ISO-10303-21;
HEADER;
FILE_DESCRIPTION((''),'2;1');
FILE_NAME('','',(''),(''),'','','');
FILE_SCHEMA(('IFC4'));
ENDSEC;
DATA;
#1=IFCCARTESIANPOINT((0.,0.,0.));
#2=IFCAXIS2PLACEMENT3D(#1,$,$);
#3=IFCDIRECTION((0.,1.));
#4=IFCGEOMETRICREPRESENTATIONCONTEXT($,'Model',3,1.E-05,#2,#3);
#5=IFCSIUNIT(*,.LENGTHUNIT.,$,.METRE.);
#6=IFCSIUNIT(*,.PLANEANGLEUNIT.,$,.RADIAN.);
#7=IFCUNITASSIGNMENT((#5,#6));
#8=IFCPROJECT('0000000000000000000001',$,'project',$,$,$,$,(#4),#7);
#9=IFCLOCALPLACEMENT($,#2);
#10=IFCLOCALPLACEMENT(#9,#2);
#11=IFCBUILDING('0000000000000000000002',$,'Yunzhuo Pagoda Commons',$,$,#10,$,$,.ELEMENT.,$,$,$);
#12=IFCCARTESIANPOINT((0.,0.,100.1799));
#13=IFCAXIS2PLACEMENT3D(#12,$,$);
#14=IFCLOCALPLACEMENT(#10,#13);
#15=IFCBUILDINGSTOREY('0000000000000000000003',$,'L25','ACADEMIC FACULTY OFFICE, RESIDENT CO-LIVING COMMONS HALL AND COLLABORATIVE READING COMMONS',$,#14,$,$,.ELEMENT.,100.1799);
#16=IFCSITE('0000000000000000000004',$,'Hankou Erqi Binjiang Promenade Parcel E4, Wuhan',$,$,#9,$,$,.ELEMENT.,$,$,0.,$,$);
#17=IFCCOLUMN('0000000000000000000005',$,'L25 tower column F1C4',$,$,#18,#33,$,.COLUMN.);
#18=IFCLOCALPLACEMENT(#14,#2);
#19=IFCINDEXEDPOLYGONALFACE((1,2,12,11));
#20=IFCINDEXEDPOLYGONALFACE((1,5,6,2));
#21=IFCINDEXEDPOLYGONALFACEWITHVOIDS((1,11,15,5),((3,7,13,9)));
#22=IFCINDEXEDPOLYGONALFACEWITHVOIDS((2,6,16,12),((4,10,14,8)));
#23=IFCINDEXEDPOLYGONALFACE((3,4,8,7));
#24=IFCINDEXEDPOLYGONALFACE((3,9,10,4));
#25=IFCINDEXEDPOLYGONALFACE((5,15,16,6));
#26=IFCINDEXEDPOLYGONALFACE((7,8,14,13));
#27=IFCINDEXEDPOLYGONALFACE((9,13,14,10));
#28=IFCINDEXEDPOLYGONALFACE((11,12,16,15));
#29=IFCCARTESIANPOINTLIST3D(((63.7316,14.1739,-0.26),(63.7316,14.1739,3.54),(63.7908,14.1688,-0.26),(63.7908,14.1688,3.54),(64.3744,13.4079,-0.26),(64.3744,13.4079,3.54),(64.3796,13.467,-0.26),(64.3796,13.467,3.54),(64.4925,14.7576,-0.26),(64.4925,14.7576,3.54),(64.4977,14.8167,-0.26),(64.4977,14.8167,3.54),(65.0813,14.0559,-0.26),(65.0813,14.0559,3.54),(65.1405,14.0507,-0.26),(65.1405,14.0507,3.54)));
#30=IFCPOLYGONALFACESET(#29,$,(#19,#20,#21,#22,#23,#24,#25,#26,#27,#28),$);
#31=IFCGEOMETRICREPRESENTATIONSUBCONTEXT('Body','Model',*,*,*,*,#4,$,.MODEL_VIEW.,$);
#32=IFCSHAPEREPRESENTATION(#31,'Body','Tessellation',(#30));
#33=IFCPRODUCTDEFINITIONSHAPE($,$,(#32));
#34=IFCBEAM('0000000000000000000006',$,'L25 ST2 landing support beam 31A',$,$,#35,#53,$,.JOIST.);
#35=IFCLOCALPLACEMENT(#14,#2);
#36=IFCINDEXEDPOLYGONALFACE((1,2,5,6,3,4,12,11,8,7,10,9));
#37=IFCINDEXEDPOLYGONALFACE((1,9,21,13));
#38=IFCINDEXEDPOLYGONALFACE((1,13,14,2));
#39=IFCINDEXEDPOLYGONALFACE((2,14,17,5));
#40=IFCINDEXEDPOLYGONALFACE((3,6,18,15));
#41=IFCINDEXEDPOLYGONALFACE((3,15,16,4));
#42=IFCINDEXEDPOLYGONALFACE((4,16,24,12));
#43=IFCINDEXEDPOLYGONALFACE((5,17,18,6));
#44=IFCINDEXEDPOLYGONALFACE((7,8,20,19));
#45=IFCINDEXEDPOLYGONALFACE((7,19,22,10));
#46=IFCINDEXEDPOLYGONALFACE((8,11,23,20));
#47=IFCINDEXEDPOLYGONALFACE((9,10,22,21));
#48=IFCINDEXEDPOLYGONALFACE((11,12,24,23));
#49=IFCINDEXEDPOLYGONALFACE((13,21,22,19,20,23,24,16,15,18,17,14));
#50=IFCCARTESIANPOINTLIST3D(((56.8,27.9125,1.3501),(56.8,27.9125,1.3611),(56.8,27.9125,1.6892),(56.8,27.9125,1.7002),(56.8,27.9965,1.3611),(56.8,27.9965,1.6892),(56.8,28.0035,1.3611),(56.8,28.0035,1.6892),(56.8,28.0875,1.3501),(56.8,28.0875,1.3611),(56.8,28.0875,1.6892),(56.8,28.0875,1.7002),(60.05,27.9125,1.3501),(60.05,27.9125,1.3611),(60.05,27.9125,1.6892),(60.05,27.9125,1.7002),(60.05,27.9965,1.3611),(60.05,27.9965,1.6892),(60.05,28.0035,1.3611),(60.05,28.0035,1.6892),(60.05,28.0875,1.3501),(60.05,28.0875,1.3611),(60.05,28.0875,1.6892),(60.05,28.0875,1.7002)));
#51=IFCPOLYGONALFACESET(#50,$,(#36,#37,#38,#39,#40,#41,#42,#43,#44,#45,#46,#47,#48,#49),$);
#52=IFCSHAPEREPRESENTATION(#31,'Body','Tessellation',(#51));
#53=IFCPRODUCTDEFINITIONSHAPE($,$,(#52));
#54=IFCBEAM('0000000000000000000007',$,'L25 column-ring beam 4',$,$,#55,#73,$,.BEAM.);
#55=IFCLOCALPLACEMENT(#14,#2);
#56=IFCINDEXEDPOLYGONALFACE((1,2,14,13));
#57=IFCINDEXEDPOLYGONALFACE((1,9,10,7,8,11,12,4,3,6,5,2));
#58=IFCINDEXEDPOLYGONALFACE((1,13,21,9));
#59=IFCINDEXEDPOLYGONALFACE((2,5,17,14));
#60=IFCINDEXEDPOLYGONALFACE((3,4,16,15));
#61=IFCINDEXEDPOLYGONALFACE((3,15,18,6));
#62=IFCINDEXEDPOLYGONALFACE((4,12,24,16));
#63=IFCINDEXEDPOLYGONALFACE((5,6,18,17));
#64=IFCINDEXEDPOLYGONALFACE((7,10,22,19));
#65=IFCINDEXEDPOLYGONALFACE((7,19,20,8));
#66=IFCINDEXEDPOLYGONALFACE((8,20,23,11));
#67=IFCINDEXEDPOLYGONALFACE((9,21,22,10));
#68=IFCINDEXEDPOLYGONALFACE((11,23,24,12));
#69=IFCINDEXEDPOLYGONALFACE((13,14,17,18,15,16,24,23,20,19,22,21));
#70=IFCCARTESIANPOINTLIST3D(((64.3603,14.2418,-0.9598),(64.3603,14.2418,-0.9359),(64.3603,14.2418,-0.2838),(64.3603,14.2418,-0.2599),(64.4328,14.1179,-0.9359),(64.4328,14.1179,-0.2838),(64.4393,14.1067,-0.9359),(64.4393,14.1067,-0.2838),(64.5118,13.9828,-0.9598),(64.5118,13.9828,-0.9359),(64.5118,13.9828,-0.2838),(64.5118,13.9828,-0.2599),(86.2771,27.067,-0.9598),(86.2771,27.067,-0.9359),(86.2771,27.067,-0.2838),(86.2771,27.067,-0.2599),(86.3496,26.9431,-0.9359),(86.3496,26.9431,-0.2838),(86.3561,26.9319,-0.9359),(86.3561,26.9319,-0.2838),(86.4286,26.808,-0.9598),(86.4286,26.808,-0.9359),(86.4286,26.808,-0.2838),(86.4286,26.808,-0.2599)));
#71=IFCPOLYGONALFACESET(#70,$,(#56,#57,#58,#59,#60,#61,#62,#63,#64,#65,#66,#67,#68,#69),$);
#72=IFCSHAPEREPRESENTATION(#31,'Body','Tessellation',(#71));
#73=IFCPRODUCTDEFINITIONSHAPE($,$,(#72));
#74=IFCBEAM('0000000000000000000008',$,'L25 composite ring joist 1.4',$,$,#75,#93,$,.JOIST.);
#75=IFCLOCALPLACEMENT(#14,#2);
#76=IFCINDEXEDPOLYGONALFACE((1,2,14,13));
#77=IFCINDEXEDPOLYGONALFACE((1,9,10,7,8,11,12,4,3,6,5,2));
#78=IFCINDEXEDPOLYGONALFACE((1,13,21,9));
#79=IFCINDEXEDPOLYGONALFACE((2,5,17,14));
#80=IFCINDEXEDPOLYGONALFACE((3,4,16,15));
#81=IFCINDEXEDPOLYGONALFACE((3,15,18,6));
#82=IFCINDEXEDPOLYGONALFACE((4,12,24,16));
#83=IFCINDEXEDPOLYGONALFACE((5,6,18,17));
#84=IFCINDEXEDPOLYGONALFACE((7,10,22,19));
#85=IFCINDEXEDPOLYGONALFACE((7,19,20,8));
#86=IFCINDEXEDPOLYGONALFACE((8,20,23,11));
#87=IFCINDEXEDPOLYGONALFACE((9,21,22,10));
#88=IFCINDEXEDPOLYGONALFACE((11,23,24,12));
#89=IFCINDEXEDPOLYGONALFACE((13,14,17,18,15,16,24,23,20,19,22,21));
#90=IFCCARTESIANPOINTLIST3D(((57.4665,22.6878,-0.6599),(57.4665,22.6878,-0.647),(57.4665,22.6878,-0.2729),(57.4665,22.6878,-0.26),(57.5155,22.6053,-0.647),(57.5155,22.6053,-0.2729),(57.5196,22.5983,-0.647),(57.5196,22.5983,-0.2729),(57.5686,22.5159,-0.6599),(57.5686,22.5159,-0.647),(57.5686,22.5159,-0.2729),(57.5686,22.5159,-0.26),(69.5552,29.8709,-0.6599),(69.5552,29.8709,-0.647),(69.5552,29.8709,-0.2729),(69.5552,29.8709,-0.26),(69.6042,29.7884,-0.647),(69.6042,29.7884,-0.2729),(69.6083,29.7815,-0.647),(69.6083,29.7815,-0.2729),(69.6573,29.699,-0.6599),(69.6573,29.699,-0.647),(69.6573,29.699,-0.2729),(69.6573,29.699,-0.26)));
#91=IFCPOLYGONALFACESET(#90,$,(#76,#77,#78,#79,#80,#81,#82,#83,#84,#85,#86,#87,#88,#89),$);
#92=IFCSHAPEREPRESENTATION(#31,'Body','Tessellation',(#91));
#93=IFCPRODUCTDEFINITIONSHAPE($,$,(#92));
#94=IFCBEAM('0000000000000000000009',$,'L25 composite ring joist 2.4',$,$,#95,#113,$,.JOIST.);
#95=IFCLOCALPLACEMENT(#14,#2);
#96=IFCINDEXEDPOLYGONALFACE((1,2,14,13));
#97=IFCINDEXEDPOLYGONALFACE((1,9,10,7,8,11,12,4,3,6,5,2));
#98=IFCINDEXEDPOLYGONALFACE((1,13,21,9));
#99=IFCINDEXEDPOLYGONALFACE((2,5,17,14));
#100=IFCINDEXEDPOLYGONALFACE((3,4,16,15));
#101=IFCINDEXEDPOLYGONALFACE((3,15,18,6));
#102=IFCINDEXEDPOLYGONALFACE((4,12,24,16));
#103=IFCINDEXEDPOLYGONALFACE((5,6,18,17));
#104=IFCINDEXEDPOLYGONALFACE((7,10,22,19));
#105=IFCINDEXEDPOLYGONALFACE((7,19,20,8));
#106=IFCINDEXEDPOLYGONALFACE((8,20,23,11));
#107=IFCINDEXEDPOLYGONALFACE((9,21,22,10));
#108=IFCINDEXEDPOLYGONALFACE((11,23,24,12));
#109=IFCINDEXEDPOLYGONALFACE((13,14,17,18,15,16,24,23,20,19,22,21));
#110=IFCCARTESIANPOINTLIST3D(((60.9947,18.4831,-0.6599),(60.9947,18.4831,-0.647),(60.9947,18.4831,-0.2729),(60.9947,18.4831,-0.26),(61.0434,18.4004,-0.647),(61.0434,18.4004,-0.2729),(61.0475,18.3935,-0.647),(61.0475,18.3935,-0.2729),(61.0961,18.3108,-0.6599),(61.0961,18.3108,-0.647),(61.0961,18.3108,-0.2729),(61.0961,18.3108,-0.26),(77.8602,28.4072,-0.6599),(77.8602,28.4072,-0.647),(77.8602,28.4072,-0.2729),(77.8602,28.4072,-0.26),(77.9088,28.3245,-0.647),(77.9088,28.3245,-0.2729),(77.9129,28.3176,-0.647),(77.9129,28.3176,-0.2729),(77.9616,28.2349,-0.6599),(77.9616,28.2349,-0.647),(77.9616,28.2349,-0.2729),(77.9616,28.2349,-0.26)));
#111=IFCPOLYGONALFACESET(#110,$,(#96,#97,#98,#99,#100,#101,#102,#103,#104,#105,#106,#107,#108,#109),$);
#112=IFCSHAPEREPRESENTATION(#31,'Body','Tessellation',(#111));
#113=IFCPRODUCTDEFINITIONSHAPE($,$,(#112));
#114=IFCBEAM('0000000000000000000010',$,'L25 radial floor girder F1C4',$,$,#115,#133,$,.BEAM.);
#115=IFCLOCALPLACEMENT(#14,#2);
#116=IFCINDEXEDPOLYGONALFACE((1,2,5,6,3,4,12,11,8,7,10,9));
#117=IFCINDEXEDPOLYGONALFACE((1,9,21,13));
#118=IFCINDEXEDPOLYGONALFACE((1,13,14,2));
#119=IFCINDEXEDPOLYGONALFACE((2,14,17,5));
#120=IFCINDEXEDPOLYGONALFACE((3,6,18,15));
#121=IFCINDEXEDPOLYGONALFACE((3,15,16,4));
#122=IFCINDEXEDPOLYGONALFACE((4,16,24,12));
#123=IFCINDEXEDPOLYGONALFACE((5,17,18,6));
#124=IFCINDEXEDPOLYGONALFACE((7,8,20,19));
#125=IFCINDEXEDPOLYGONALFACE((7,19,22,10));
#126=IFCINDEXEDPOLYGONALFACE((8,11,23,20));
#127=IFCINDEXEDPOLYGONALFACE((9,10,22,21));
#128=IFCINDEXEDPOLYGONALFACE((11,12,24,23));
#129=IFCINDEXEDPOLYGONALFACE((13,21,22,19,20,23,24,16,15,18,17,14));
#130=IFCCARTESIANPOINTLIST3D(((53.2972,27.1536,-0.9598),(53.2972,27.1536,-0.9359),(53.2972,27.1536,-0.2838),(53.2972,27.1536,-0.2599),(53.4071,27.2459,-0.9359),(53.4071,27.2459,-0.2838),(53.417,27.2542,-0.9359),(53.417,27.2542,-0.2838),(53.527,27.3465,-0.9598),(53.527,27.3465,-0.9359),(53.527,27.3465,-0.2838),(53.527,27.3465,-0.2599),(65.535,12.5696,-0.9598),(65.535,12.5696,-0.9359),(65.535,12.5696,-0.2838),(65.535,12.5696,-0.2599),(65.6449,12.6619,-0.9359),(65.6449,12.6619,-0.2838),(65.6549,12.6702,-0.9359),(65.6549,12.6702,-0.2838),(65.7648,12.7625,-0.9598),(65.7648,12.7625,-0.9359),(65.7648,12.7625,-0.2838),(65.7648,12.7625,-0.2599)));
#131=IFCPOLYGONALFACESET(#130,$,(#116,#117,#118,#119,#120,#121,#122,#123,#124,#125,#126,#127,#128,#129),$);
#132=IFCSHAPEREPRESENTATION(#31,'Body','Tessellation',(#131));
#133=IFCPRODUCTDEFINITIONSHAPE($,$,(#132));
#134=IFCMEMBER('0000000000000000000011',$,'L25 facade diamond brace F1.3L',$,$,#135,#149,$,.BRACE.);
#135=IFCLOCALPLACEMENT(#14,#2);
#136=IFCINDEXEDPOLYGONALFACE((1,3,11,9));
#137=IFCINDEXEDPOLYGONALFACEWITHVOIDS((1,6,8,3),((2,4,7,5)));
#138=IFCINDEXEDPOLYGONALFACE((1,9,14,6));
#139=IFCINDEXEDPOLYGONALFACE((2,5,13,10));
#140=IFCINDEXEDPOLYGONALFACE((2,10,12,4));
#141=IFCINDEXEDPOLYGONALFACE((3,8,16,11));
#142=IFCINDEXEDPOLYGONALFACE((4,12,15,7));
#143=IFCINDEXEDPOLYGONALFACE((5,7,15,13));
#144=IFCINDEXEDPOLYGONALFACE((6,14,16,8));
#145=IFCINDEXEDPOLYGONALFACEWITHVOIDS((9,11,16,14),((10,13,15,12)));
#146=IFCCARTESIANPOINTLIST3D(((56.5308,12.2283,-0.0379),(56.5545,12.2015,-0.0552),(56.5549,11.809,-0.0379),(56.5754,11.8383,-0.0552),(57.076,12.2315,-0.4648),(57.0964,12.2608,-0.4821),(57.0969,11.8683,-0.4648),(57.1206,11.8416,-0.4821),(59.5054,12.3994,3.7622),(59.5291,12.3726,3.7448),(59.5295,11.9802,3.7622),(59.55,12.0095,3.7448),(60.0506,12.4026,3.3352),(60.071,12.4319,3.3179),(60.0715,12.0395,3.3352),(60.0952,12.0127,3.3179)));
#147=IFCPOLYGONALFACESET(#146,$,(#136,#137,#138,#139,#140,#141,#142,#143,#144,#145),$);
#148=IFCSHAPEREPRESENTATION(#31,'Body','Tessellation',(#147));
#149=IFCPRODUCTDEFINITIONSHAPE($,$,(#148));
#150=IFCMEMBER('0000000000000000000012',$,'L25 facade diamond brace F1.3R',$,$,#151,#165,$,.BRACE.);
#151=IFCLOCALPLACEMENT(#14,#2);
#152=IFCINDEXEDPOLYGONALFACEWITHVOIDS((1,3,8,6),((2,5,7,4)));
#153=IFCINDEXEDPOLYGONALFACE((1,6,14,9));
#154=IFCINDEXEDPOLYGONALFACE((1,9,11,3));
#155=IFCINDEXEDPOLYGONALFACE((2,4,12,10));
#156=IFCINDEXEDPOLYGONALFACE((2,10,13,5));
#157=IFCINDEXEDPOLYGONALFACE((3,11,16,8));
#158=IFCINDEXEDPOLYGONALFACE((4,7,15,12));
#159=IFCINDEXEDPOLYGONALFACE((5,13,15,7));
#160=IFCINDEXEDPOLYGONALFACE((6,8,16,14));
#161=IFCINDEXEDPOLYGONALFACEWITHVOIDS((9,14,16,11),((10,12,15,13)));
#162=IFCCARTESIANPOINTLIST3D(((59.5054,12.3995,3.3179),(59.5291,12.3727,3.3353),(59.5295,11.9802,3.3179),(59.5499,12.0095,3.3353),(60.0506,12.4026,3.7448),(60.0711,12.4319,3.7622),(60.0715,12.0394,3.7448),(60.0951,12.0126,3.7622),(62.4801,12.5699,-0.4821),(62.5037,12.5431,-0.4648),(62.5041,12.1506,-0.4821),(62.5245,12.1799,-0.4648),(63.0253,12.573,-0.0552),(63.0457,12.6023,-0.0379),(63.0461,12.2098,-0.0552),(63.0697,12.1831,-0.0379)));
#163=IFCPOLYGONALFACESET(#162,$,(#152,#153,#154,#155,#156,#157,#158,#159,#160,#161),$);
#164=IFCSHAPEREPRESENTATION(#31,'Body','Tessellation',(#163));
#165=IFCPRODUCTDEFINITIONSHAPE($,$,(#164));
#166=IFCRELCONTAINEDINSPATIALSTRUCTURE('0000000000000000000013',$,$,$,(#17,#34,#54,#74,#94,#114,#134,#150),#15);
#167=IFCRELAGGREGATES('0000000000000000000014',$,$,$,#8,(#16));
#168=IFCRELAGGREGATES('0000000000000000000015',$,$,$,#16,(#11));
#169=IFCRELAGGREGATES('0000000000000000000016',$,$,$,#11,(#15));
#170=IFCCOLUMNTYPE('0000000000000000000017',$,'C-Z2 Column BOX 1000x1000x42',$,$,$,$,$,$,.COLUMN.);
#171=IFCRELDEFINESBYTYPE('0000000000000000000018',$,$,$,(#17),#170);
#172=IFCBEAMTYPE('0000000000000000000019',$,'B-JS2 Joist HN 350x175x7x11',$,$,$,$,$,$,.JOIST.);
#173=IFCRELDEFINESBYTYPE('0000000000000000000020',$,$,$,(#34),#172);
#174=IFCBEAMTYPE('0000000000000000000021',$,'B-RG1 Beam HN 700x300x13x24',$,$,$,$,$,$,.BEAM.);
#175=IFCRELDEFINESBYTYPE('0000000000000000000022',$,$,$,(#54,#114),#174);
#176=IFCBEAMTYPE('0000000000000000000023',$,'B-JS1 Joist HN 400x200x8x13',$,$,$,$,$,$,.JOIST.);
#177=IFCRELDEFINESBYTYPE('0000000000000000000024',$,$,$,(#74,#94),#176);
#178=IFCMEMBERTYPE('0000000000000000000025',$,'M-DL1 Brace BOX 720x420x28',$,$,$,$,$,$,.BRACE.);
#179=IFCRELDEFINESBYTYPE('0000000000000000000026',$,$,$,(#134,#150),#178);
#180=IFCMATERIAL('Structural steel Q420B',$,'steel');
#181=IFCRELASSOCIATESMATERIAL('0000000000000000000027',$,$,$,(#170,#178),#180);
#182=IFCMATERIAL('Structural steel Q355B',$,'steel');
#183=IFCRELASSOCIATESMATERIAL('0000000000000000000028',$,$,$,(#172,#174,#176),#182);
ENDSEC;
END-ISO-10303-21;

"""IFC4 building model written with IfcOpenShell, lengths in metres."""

from ifc_helpers import new_model, si_unit, direction, frame, origin, origin_2d, place, context, subcontext, project, spatial, hollow_rectangle, i_section, extrude, source, transform, mapped, material, material_profile, profile_set, type_object, element, save


model = new_model("IFC4")

# Units and contexts
model_context = context("Model", 3, precision=1e-05, world=origin(), true_north=direction((0.0, 1.0)))
body_context = subcontext(model_context, "Body", "Model", "MODEL_VIEW")
ifc_project = project(units=[si_unit("LENGTHUNIT", "METRE"), si_unit("PLANEANGLEUNIT", "RADIAN")], contexts=[model_context])

# Site, building, storey
site_placement = place(None, origin())
site = spatial("IfcSite", under=ifc_project, at=site_placement, Name="Hankou Erqi Binjiang Promenade Parcel E4, Wuhan", CompositionType="ELEMENT", RefElevation=0.0)
building_placement = place(site_placement, origin())
building = spatial("IfcBuilding", under=site, at=building_placement, Name="Yunzhuo Pagoda Commons", CompositionType="ELEMENT")
storey_placement = place(building_placement, frame((0.0, 0.0, 100.1799)))
storey = spatial("IfcBuildingStorey", under=building, at=storey_placement, Name="L25", Description="ACADEMIC FACULTY OFFICE, RESIDENT CO-LIVING COMMONS HALL AND COLLABORATIVE READING COMMONS", CompositionType="ELEMENT", Elevation=100.1799)

# Column
ifc_material_1 = material(Name="Structural steel Q420B", Category="steel")
ifc_material_profile_1 = material_profile(ifc_material_1, hollow_rectangle(XDim=1.0, YDim=1.0, WallThickness=0.042, at=origin_2d()), Name="Structural steel Q420B")
ifc_profile_set_1 = profile_set([ifc_material_profile_1], Name="Structural steel Q420B")
column_type = type_object("IfcColumnType", Name="C-Z2 Column BOX 1000x1000x42", PredefinedType="COLUMN", material=ifc_profile_set_1)
shared_shape_1 = source(origin(), body_context, "Body", "SweptSolid", [
    extrude(hollow_rectangle(XDim=1.0, YDim=1.0, WallThickness=0.042, at=origin_2d()), origin(), (0.0, 0.0, 1.0), 3.8),
])
column_placement = place(storey_placement, frame((64.436, 14.1123, -0.26), z_axis=(0.0, 0.0, 1.0), x_axis=(0.766044, 0.642788, 0.0)))
element("IfcColumn", 1, at=column_placement, inside=storey, type_object=column_type, Name="L25 tower column F1C4", PredefinedType="COLUMN", context=body_context, shape_type="MappedRepresentation", body=[
    mapped(shared_shape_1, transform((0.0, 0.0, 0.0), scale=1.0)),
])

# Beams
ifc_material_2 = material(Name="Structural steel Q355B", Category="steel")
ifc_material_profile_2 = material_profile(ifc_material_2, i_section(OverallWidth=0.175, OverallDepth=0.3501, WebThickness=0.0071, FlangeThickness=0.011, at=origin_2d()), Name="Structural steel Q355B")
ifc_profile_set_2 = profile_set([ifc_material_profile_2], Name="Structural steel Q355B")
beam_type_1 = type_object("IfcBeamType", Name="B-JS2 Joist HN 350x175x7x11", PredefinedType="JOIST", material=ifc_profile_set_2)
shared_shape_2 = source(origin(), body_context, "Body", "SweptSolid", [
    extrude(i_section(OverallWidth=0.175, OverallDepth=0.3501, WebThickness=0.0071, FlangeThickness=0.011, at=origin_2d()), origin(), (0.0, 0.0, 1.0), 3.25),
])
beam_1_placement = place(storey_placement, frame((56.8, 28.0, 1.5251), z_axis=(1.0, 0.0, 0.0), x_axis=(0.0, 1.0, 0.0)))
element("IfcBeam", 2, at=beam_1_placement, inside=storey, type_object=beam_type_1, Name="L25 ST2 landing support beam 31A", PredefinedType="JOIST", context=body_context, shape_type="MappedRepresentation", body=[
    mapped(shared_shape_2, transform((0.0, 0.0, 0.0), scale=1.0)),
])
ifc_material_profile_3 = material_profile(ifc_material_2, i_section(OverallWidth=0.3, OverallDepth=0.7, WebThickness=0.0129, FlangeThickness=0.0239, at=origin_2d()), Name="Structural steel Q355B")
ifc_profile_set_3 = profile_set([ifc_material_profile_3], Name="Structural steel Q355B")
beam_type_2 = type_object("IfcBeamType", Name="B-RG1 Beam HN 700x300x13x24", PredefinedType="BEAM", material=ifc_profile_set_3)
shared_shape_3 = source(origin(), body_context, "Body", "SweptSolid", [
    extrude(i_section(OverallWidth=0.3, OverallDepth=0.7, WebThickness=0.0129, FlangeThickness=0.0239, at=origin_2d()), origin(), (0.0, 0.0, 1.0), 25.3936),
])
beam_2_placement = place(storey_placement, frame((64.436, 14.1123, -0.6099), z_axis=(0.863085, 0.505058, 0.0), x_axis=(-0.505058, 0.863085, 0.0)))
element("IfcBeam", 3, at=beam_2_placement, inside=storey, type_object=beam_type_2, Name="L25 column-ring beam 4", PredefinedType="BEAM", context=body_context, shape_type="MappedRepresentation", body=[
    mapped(shared_shape_3, transform((0.0, 0.0, 0.0), scale=1.0)),
])
ifc_material_profile_4 = material_profile(ifc_material_2, i_section(OverallWidth=0.2, OverallDepth=0.3999, WebThickness=0.0081, FlangeThickness=0.0129, at=origin_2d()), Name="Structural steel Q355B")
ifc_profile_set_4 = profile_set([ifc_material_profile_4], Name="Structural steel Q355B")
beam_type_3 = type_object("IfcBeamType", Name="B-JS1 Joist HN 400x200x8x13", PredefinedType="JOIST", material=ifc_profile_set_4)
shared_shape_4 = source(origin(), body_context, "Body", "SweptSolid", [
    extrude(i_section(OverallWidth=0.2, OverallDepth=0.3999, WebThickness=0.0081, FlangeThickness=0.0129, at=origin_2d()), origin(), (0.0, 0.0, 1.0), 14.0618),
])
beam_3_placement = place(storey_placement, frame((57.5176, 22.6018, -0.46), z_axis=(0.859683, 0.510827, 0.0), x_axis=(-0.510827, 0.859683, 0.0)))
element("IfcBeam", 4, at=beam_3_placement, inside=storey, type_object=beam_type_3, Name="L25 composite ring joist 1.4", PredefinedType="JOIST", context=body_context, shape_type="MappedRepresentation", body=[
    mapped(shared_shape_4, transform((0.0, 0.0, 0.0), scale=1.0)),
])
shared_shape_5 = source(origin(), body_context, "Body", "SweptSolid", [
    extrude(i_section(OverallWidth=0.2, OverallDepth=0.3999, WebThickness=0.0081, FlangeThickness=0.0129, at=origin_2d()), origin(), (0.0, 0.0, 1.0), 19.5686),
])
beam_4_placement = place(storey_placement, frame((61.0454, 18.397, -0.46), z_axis=(0.861863, 0.507142, 0.0), x_axis=(-0.507142, 0.861863, 0.0)))
element("IfcBeam", 5, at=beam_4_placement, inside=storey, type_object=beam_type_3, Name="L25 composite ring joist 2.4", PredefinedType="JOIST", context=body_context, shape_type="MappedRepresentation", body=[
    mapped(shared_shape_5, transform((0.0, 0.0, 0.0), scale=1.0)),
])
shared_shape_6 = source(origin(), body_context, "Body", "SweptSolid", [
    extrude(i_section(OverallWidth=0.3, OverallDepth=0.7, WebThickness=0.0129, FlangeThickness=0.0239, at=origin_2d()), origin(), (0.0, 0.0, 1.0), 19.0383),
])
beam_5_placement = place(storey_placement, frame((65.6499, 12.666, -0.6099), z_axis=(-0.642799, 0.766035, 0.0), x_axis=(-0.766035, -0.642799, 0.0)))
element("IfcBeam", 6, at=beam_5_placement, inside=storey, type_object=beam_type_2, Name="L25 radial floor girder F1C4", PredefinedType="BEAM", context=body_context, shape_type="MappedRepresentation", body=[
    mapped(shared_shape_6, transform((0.0, 0.0, 0.0), scale=1.0)),
])

# Members
ifc_material_profile_5 = material_profile(ifc_material_1, hollow_rectangle(XDim=0.4199, YDim=0.72, WallThickness=0.0281, at=origin_2d()), Name="Structural steel Q420B")
ifc_profile_set_5 = profile_set([ifc_material_profile_5], Name="Structural steel Q420B")
member_type_1 = type_object("IfcMemberType", Name="M-DL1 Brace BOX 720x420x28", PredefinedType="BRACE", material=ifc_profile_set_5)
shared_shape_7 = source(origin(), body_context, "Body", "SweptSolid", [
    extrude(hollow_rectangle(XDim=0.4199, YDim=0.72, WallThickness=0.0281, at=origin_2d()), origin(), (0.0, 0.0, 1.0), 4.8289),
])
for number, where, z_axis, x_axis, name in (
    (7, (56.8257, 12.0349, -0.26), (0.616006, 0.035442, 0.786944), (-0.057439, 0.998349, 0.0), "L25 facade diamond brace F1.3L"),
    (8, (62.7749, 12.3765, -0.26), (-0.616009, -0.03529, 0.786948), (0.057194, -0.998363, 0.0), "L25 facade diamond brace F1.3R"),
):
    element("IfcMember", number, at=place(storey_placement, frame(where, z_axis=z_axis, x_axis=x_axis)), inside=storey, type_object=member_type_1, Name=name, PredefinedType="BRACE", context=body_context, shape_type="MappedRepresentation", body=[
        mapped(shared_shape_7, transform((0.0, 0.0, 0.0), scale=1.0)),
    ])

save(model, "model.ifc")
